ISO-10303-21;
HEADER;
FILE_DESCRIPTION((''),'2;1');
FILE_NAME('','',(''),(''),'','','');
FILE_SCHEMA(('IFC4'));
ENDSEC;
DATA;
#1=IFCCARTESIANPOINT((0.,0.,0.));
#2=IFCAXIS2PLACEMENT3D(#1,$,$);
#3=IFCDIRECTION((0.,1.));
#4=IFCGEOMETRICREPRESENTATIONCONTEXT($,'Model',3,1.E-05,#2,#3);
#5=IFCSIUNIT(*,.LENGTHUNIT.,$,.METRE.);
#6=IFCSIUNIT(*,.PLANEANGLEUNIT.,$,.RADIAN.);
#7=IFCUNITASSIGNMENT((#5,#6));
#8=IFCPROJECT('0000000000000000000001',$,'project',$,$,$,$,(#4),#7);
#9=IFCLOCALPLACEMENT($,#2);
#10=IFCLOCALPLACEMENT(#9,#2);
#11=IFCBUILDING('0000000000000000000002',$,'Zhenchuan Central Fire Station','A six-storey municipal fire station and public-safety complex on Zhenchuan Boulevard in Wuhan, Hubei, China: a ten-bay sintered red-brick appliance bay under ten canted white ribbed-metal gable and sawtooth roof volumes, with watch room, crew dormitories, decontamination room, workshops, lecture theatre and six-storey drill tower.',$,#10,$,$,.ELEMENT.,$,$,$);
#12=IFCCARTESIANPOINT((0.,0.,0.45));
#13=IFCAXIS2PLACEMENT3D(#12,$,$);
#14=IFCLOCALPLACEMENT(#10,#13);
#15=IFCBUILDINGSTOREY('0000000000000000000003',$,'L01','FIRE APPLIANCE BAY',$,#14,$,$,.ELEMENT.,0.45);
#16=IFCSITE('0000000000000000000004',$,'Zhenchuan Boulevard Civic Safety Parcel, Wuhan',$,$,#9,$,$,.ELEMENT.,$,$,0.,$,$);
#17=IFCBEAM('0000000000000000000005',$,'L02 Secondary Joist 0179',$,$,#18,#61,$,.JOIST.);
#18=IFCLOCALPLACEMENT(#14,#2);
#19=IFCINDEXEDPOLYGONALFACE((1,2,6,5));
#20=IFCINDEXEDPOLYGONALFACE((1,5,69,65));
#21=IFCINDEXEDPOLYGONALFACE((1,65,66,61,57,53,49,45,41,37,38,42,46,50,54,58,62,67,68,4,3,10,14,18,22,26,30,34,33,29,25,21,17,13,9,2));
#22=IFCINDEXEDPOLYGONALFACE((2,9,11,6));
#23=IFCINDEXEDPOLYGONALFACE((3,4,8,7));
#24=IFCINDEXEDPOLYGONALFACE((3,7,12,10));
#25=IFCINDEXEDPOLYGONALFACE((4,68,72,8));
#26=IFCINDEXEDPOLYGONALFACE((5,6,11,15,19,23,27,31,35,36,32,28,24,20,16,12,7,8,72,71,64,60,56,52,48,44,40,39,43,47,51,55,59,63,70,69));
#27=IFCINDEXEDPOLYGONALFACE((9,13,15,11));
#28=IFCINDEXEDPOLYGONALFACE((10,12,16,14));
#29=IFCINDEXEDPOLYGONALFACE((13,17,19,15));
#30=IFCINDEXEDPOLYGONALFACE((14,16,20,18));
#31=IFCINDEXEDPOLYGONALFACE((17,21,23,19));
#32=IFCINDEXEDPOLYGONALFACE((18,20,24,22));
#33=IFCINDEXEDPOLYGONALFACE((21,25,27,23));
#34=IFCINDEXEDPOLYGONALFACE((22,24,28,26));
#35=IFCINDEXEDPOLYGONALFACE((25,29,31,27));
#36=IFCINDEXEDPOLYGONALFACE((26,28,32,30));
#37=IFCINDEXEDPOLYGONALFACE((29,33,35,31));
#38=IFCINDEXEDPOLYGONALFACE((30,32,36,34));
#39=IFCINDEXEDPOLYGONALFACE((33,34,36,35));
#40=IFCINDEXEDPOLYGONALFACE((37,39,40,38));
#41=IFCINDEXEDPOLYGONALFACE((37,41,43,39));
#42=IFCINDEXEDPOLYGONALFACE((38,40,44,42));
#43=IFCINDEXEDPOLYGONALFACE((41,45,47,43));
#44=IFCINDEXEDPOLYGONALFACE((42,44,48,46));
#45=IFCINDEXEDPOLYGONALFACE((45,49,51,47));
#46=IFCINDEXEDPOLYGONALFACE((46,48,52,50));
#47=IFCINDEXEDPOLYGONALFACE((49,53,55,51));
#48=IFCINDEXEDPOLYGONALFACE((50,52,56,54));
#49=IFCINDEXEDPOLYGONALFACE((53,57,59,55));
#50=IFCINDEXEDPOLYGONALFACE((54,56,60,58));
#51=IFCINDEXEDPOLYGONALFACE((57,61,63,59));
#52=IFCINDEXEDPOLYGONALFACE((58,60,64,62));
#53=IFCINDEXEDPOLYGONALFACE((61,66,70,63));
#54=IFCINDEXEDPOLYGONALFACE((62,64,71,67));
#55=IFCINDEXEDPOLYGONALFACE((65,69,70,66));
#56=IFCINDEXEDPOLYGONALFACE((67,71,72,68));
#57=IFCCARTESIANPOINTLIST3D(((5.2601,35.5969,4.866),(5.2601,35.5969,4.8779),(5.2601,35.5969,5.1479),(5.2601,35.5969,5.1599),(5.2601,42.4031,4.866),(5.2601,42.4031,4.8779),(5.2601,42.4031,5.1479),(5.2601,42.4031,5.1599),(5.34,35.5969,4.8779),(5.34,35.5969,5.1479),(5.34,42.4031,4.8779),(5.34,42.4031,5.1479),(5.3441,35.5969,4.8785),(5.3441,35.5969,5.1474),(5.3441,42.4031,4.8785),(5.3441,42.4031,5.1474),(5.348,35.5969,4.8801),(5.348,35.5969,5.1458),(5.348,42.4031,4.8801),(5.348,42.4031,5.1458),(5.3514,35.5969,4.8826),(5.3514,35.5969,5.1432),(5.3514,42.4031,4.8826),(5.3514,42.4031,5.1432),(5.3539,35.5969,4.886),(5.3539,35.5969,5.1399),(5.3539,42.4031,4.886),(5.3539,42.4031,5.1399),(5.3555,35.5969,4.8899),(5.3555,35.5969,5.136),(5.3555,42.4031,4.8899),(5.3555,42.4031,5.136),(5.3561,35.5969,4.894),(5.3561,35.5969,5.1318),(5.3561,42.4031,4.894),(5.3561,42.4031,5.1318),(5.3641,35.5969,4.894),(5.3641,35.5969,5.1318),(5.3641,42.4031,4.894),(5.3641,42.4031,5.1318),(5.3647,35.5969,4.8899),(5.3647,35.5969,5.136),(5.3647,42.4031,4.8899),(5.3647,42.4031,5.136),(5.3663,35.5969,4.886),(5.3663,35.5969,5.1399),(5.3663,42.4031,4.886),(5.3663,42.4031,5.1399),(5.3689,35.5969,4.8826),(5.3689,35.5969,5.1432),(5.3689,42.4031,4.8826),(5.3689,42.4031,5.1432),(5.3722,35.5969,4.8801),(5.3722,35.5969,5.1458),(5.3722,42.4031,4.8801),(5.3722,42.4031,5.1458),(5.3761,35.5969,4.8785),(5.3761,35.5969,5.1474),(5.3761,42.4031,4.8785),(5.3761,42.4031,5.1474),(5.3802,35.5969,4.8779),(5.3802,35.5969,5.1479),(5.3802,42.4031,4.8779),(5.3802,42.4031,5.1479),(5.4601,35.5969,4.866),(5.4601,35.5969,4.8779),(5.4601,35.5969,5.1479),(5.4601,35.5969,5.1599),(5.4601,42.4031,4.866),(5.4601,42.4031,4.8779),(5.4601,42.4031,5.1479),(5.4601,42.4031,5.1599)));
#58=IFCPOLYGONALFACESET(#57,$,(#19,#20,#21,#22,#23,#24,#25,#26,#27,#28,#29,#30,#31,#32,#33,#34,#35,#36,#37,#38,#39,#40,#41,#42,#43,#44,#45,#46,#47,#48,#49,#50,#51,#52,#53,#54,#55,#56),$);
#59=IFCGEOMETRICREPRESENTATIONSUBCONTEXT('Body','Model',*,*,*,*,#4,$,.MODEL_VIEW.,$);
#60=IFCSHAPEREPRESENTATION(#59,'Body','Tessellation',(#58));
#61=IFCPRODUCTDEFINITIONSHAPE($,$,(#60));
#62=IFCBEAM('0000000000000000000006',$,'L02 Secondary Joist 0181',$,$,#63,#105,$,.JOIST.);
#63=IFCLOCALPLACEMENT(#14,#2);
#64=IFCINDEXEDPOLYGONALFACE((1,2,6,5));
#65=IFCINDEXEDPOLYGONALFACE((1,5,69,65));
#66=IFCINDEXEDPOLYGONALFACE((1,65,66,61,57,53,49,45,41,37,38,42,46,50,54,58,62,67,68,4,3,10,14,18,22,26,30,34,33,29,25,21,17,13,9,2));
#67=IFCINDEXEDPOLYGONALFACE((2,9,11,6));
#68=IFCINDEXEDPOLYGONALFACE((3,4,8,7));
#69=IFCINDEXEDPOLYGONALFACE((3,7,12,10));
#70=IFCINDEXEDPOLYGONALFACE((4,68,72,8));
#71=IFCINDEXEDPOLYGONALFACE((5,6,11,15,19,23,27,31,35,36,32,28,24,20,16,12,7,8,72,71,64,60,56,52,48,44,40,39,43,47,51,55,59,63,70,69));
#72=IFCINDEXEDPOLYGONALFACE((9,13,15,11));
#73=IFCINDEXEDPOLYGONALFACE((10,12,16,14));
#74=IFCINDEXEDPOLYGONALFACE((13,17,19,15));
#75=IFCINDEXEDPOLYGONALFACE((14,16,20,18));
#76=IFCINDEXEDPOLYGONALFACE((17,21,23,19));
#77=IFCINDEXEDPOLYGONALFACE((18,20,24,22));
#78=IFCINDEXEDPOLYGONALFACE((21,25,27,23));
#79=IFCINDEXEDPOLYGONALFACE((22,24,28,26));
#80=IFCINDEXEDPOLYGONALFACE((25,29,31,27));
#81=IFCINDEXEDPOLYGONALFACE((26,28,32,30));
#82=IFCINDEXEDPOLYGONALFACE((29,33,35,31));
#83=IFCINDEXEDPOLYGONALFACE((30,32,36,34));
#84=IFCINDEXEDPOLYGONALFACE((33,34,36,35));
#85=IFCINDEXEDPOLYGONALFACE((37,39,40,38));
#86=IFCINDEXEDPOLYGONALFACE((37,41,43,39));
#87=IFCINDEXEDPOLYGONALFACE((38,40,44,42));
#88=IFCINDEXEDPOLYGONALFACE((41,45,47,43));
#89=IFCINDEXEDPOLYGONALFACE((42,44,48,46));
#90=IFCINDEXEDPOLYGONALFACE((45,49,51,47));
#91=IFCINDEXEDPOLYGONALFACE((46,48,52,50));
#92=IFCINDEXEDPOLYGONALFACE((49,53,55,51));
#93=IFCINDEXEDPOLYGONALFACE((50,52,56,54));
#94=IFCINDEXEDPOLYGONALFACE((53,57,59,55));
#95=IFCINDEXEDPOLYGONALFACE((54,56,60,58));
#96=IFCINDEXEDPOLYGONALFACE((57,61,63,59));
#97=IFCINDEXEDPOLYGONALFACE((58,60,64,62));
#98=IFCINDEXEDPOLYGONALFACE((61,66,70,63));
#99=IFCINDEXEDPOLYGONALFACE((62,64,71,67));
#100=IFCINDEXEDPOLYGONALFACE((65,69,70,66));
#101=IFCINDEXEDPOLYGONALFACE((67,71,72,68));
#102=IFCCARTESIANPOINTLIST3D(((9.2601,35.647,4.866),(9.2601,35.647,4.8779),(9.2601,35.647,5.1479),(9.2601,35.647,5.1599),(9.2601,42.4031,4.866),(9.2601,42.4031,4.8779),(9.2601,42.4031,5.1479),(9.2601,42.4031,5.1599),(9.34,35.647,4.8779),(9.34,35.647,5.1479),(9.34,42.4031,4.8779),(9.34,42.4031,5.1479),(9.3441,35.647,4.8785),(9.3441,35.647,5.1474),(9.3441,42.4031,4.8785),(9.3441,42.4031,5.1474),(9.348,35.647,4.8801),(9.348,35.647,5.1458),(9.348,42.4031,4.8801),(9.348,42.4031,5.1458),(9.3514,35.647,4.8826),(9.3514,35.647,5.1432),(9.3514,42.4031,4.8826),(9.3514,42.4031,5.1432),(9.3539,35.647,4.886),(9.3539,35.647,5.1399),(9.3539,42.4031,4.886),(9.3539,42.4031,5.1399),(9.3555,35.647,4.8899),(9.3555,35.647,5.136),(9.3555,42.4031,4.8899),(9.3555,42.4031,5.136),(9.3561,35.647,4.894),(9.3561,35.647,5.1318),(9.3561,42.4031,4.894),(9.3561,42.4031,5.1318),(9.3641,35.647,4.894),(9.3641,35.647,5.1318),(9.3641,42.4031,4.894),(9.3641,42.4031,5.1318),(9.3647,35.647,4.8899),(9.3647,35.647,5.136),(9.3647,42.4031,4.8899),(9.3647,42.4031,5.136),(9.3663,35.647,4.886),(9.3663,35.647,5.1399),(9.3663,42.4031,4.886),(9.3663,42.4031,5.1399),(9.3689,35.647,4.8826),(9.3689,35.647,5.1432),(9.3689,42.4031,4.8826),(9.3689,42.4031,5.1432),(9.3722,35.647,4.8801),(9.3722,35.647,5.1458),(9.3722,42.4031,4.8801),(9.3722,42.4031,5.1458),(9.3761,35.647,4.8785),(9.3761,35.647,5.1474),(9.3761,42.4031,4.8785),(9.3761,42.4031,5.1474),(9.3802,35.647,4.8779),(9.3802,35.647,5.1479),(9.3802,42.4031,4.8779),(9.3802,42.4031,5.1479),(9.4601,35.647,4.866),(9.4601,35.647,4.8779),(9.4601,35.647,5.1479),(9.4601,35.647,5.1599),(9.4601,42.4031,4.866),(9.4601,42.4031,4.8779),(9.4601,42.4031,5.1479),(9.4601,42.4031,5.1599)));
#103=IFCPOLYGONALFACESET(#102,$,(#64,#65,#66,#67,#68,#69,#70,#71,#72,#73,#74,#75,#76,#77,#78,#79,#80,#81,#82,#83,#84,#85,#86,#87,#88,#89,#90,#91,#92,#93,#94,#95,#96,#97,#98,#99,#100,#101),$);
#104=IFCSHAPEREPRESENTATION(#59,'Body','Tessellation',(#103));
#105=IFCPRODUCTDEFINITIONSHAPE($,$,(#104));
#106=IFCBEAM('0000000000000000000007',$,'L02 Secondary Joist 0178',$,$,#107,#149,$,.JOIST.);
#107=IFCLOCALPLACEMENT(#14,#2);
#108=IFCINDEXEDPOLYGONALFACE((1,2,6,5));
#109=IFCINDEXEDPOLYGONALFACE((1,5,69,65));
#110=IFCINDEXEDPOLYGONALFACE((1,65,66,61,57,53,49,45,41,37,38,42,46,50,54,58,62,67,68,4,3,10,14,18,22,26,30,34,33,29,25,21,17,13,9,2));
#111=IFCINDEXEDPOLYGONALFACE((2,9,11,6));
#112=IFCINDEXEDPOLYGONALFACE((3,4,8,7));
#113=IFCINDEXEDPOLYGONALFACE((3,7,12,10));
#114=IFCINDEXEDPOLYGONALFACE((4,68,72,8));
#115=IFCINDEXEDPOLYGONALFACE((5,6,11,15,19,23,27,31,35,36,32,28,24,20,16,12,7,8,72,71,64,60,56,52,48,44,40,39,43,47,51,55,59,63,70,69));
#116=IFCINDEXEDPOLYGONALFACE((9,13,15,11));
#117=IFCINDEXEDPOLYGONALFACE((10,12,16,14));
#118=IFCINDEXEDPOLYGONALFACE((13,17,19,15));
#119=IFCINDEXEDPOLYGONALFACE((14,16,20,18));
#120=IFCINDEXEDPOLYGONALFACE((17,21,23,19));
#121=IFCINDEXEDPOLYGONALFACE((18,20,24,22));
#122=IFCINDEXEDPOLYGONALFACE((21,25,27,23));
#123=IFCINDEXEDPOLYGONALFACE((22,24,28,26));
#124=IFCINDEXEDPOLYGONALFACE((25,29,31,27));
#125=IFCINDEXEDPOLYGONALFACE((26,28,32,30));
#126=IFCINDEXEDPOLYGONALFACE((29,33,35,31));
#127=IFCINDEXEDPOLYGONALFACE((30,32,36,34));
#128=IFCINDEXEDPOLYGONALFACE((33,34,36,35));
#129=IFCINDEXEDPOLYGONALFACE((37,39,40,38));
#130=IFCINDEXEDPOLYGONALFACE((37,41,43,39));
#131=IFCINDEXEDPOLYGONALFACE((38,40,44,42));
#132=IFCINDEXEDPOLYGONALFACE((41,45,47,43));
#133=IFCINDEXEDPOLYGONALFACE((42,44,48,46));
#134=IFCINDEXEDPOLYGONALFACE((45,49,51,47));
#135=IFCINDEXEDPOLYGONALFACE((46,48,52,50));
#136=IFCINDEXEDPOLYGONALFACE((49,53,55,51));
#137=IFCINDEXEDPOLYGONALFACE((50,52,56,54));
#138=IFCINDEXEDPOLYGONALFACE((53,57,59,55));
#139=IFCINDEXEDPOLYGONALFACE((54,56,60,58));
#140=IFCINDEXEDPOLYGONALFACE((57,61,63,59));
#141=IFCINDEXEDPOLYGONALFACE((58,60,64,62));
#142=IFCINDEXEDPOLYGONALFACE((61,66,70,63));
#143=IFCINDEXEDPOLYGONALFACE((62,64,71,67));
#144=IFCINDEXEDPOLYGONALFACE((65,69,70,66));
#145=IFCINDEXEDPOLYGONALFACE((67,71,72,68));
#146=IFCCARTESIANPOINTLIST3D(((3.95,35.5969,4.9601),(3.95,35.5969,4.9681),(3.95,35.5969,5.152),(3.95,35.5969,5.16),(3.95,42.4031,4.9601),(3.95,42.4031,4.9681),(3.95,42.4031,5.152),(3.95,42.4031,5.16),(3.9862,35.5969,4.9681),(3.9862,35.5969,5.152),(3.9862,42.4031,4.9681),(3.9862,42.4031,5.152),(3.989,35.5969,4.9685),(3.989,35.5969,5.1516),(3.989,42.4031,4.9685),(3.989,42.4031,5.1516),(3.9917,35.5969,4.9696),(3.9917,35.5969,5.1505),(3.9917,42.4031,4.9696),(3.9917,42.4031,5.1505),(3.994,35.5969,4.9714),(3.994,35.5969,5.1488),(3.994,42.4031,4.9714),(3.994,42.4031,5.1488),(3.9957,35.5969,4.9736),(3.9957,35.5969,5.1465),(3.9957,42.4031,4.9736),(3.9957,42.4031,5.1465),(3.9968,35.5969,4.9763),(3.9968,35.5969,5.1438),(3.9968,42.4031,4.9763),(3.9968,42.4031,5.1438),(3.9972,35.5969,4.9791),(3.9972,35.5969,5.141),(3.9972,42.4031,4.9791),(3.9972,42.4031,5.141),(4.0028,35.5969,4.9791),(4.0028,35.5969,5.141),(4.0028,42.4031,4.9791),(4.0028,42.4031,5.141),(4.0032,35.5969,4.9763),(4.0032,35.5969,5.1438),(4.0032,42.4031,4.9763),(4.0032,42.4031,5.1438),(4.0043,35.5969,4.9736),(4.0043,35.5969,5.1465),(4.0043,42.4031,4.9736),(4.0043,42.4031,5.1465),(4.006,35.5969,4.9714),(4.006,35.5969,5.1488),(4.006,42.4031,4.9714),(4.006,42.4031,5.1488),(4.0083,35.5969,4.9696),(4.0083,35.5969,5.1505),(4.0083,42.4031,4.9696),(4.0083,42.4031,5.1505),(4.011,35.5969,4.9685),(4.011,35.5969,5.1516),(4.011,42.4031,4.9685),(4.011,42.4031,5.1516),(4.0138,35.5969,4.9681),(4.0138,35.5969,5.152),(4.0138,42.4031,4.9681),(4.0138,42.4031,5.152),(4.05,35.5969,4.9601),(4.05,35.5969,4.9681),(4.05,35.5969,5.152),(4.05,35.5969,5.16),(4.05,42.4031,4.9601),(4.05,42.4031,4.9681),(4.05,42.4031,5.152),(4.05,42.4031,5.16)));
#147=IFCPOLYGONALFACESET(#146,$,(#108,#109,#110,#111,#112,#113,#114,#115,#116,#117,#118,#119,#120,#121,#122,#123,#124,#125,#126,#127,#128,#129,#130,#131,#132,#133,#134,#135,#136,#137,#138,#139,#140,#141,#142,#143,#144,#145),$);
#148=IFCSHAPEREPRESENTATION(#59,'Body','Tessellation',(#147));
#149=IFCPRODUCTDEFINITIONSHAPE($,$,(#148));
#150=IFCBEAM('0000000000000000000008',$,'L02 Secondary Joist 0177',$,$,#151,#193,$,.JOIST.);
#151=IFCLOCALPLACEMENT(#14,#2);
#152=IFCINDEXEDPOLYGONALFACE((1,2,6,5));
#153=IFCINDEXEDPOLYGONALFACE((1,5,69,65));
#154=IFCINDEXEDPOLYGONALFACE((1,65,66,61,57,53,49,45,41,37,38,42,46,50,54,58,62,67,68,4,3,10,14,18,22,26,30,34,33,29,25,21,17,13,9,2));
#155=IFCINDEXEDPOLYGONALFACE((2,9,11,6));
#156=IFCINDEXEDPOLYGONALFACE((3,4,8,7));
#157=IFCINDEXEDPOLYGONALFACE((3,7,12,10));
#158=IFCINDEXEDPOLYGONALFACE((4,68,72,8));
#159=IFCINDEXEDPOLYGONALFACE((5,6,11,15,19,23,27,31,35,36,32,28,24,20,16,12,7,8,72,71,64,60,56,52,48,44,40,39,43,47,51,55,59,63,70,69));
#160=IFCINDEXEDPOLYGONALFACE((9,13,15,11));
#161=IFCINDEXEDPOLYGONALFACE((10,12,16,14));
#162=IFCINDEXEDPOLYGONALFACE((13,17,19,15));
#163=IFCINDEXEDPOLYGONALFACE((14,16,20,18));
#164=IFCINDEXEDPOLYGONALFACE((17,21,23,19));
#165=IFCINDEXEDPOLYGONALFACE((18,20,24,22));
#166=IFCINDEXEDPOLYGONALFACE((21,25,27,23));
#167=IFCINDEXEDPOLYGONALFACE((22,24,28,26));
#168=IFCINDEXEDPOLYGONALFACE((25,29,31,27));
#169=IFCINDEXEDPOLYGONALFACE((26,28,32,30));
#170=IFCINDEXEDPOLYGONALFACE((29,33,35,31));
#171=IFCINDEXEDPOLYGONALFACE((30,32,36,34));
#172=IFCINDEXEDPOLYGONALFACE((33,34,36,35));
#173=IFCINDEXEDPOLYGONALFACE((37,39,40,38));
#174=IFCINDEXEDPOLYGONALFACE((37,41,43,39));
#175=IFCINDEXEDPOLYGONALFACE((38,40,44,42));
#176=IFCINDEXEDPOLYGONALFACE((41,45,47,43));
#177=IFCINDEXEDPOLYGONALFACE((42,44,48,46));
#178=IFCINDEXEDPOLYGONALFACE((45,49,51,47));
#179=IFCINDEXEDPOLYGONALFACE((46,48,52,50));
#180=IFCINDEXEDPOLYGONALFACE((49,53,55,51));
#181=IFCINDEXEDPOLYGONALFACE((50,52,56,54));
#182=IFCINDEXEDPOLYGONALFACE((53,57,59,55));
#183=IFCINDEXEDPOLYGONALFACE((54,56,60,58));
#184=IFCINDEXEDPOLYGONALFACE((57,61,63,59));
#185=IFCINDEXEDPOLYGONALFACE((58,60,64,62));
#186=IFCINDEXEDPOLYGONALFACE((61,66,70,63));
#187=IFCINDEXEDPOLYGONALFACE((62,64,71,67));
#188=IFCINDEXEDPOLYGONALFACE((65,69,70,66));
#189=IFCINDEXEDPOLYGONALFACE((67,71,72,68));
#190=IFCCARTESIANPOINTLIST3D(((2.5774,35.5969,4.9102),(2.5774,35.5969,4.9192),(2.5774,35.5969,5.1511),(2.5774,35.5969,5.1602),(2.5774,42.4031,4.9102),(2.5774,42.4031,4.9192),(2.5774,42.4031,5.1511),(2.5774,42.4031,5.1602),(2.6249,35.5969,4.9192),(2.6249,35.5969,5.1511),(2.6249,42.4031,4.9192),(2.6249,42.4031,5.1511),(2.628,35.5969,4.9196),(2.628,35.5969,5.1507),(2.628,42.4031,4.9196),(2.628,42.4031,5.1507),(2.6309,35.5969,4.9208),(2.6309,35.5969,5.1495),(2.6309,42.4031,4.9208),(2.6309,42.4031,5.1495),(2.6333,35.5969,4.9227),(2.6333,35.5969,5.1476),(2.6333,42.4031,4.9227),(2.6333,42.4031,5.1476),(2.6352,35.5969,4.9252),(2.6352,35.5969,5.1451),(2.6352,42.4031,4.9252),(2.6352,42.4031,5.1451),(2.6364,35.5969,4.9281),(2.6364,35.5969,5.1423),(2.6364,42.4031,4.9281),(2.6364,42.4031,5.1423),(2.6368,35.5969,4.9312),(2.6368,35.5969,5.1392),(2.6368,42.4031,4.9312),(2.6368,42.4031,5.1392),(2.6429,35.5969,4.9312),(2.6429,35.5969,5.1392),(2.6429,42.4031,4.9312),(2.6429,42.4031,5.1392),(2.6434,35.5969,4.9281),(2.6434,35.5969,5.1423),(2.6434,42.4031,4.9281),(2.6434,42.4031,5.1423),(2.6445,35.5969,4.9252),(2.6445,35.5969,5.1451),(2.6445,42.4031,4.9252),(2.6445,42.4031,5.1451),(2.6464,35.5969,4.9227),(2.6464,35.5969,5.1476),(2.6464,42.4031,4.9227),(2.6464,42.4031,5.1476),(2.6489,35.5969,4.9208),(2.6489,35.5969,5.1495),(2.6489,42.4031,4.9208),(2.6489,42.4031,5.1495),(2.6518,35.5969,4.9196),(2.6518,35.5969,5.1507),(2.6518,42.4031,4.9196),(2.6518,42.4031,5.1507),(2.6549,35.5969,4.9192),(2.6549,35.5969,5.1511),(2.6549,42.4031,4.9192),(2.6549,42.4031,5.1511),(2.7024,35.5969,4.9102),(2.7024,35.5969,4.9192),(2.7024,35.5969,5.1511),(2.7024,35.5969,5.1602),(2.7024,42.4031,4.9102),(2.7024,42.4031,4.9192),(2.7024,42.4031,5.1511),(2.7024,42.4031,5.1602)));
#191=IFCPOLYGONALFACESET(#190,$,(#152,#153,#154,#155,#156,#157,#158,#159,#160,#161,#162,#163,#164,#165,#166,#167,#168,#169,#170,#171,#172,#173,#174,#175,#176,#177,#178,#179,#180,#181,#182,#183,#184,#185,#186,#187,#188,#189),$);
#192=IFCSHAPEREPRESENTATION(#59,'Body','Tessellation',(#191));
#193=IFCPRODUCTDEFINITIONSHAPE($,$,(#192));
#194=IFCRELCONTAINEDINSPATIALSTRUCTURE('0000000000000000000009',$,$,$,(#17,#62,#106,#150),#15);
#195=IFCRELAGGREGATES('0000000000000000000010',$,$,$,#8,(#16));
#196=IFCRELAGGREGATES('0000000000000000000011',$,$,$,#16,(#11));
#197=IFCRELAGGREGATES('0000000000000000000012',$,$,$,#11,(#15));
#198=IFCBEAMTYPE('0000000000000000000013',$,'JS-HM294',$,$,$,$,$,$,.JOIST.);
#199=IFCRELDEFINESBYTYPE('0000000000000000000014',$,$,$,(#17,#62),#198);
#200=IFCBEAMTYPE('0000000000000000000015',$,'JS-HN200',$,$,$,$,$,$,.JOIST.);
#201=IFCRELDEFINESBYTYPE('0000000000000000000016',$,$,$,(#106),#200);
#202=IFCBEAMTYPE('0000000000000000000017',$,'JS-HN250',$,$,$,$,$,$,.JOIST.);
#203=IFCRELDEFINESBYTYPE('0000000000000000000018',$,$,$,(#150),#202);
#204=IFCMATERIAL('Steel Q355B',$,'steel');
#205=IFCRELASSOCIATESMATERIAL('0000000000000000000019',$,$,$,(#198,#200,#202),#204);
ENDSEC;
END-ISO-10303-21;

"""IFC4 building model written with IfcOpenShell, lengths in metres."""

from ifc_helpers import new_model, si_unit, direction, frame, origin, origin_2d, place, context, subcontext, project, spatial, i_section, extrude, material, material_profile, profile_set, type_object, element, save


model = new_model("IFC4")

# Units and contexts
model_context = context("Model", 3, precision=1e-05, world=origin(), true_north=direction((0.0, 1.0)))
body_context = subcontext(model_context, "Body", "Model", "MODEL_VIEW")
ifc_project = project(units=[si_unit("LENGTHUNIT", "METRE"), si_unit("PLANEANGLEUNIT", "RADIAN")], contexts=[model_context])

# Site, building, storey
site_placement = place(None, origin())
site = spatial("IfcSite", under=ifc_project, at=site_placement, Name="Zhenchuan Boulevard Civic Safety Parcel, Wuhan", CompositionType="ELEMENT", RefElevation=0.0)
building_placement = place(site_placement, origin())
building = spatial("IfcBuilding", under=site, at=building_placement, Name="Zhenchuan Central Fire Station", Description="A six-storey municipal fire station and public-safety complex on Zhenchuan Boulevard in Wuhan, Hubei, China: a ten-bay sintered red-brick appliance bay under ten canted white ribbed-metal gable and sawtooth roof volumes, with watch room, crew dormitories, decontamination room, workshops, lecture theatre and six-storey drill tower.", CompositionType="ELEMENT")
storey_placement = place(building_placement, frame((0.0, 0.0, 0.45)))
storey = spatial("IfcBuildingStorey", under=building, at=storey_placement, Name="L01", Description="FIRE APPLIANCE BAY", CompositionType="ELEMENT", Elevation=0.45)

# Shared definitions
ifc_material_1 = material(Name="Steel Q355B", Category="steel")

# Beams
ifc_material_profile_1 = material_profile(ifc_material_1, i_section(OverallWidth=0.2, OverallDepth=0.2939, WebThickness=0.0081, FlangeThickness=0.012, FilletRadius=0.0161, at=origin_2d()), Name="HM 294x200")
ifc_profile_set_1 = profile_set([ifc_material_profile_1], Name="Steel Q355B")
beam_type_1 = type_object("IfcBeamType", Name="JS-HM294", PredefinedType="JOIST", material=ifc_profile_set_1)
beam_1_placement = place(storey_placement, frame((5.3601, 35.5969, 5.0129), z_axis=(0.0, 1.0, 0.0), x_axis=(-1.0, 0.0, 0.0)))
element("IfcBeam", 1, at=beam_1_placement, inside=storey, type_object=beam_type_1, Name="L02 Secondary Joist 0179", PredefinedType="JOIST", context=body_context, shape_type="SweptSolid", body=[
    extrude(i_section(OverallWidth=0.2, OverallDepth=0.2939, WebThickness=0.0081, FlangeThickness=0.012, FilletRadius=0.0161, at=origin_2d()), origin(), (0.0, 0.0, 1.0), 6.8062),
])
beam_2_placement = place(storey_placement, frame((9.3601, 35.647, 5.0129), z_axis=(0.0, 1.0, 0.0), x_axis=(-1.0, 0.0, 0.0)))
element("IfcBeam", 2, at=beam_2_placement, inside=storey, type_object=beam_type_1, Name="L02 Secondary Joist 0181", PredefinedType="JOIST", context=body_context, shape_type="SweptSolid", body=[
    extrude(i_section(OverallWidth=0.2, OverallDepth=0.2939, WebThickness=0.0081, FlangeThickness=0.012, FilletRadius=0.0161, at=origin_2d()), origin(), (0.0, 0.0, 1.0), 6.7561),
])
ifc_material_profile_2 = material_profile(ifc_material_1, i_section(OverallWidth=0.1001, OverallDepth=0.2, WebThickness=0.0056, FlangeThickness=0.0081, FilletRadius=0.011, at=origin_2d()), Name="HN 200x100")
ifc_profile_set_2 = profile_set([ifc_material_profile_2], Name="Steel Q355B")
beam_type_2 = type_object("IfcBeamType", Name="JS-HN200", PredefinedType="JOIST", material=ifc_profile_set_2)
beam_3_placement = place(storey_placement, frame((4.0, 35.5969, 5.0601), z_axis=(0.0, 1.0, 0.0), x_axis=(-1.0, 0.0, 0.0)))
element("IfcBeam", 3, at=beam_3_placement, inside=storey, type_object=beam_type_2, Name="L02 Secondary Joist 0178", PredefinedType="JOIST", context=body_context, shape_type="SweptSolid", body=[
    extrude(i_section(OverallWidth=0.1001, OverallDepth=0.2, WebThickness=0.0056, FlangeThickness=0.0081, FilletRadius=0.011, at=origin_2d()), origin(), (0.0, 0.0, 1.0), 6.8062),
])
ifc_material_profile_3 = material_profile(ifc_material_1, i_section(OverallWidth=0.125, OverallDepth=0.25, WebThickness=0.0061, FlangeThickness=0.009, FilletRadius=0.012, at=origin_2d()), Name="HN 250x125")
ifc_profile_set_3 = profile_set([ifc_material_profile_3], Name="Steel Q355B")
beam_type_3 = type_object("IfcBeamType", Name="JS-HN250", PredefinedType="JOIST", material=ifc_profile_set_3)
beam_4_placement = place(storey_placement, frame((2.6399, 35.5969, 5.0352), z_axis=(0.0, 1.0, 0.0), x_axis=(-1.0, 0.0, 0.0)))
element("IfcBeam", 4, at=beam_4_placement, inside=storey, type_object=beam_type_3, Name="L02 Secondary Joist 0177", PredefinedType="JOIST", context=body_context, shape_type="SweptSolid", body=[
    extrude(i_section(OverallWidth=0.125, OverallDepth=0.25, WebThickness=0.0061, FlangeThickness=0.009, FilletRadius=0.012, at=origin_2d()), origin(), (0.0, 0.0, 1.0), 6.8062),
])

save(model, "model.ifc")
